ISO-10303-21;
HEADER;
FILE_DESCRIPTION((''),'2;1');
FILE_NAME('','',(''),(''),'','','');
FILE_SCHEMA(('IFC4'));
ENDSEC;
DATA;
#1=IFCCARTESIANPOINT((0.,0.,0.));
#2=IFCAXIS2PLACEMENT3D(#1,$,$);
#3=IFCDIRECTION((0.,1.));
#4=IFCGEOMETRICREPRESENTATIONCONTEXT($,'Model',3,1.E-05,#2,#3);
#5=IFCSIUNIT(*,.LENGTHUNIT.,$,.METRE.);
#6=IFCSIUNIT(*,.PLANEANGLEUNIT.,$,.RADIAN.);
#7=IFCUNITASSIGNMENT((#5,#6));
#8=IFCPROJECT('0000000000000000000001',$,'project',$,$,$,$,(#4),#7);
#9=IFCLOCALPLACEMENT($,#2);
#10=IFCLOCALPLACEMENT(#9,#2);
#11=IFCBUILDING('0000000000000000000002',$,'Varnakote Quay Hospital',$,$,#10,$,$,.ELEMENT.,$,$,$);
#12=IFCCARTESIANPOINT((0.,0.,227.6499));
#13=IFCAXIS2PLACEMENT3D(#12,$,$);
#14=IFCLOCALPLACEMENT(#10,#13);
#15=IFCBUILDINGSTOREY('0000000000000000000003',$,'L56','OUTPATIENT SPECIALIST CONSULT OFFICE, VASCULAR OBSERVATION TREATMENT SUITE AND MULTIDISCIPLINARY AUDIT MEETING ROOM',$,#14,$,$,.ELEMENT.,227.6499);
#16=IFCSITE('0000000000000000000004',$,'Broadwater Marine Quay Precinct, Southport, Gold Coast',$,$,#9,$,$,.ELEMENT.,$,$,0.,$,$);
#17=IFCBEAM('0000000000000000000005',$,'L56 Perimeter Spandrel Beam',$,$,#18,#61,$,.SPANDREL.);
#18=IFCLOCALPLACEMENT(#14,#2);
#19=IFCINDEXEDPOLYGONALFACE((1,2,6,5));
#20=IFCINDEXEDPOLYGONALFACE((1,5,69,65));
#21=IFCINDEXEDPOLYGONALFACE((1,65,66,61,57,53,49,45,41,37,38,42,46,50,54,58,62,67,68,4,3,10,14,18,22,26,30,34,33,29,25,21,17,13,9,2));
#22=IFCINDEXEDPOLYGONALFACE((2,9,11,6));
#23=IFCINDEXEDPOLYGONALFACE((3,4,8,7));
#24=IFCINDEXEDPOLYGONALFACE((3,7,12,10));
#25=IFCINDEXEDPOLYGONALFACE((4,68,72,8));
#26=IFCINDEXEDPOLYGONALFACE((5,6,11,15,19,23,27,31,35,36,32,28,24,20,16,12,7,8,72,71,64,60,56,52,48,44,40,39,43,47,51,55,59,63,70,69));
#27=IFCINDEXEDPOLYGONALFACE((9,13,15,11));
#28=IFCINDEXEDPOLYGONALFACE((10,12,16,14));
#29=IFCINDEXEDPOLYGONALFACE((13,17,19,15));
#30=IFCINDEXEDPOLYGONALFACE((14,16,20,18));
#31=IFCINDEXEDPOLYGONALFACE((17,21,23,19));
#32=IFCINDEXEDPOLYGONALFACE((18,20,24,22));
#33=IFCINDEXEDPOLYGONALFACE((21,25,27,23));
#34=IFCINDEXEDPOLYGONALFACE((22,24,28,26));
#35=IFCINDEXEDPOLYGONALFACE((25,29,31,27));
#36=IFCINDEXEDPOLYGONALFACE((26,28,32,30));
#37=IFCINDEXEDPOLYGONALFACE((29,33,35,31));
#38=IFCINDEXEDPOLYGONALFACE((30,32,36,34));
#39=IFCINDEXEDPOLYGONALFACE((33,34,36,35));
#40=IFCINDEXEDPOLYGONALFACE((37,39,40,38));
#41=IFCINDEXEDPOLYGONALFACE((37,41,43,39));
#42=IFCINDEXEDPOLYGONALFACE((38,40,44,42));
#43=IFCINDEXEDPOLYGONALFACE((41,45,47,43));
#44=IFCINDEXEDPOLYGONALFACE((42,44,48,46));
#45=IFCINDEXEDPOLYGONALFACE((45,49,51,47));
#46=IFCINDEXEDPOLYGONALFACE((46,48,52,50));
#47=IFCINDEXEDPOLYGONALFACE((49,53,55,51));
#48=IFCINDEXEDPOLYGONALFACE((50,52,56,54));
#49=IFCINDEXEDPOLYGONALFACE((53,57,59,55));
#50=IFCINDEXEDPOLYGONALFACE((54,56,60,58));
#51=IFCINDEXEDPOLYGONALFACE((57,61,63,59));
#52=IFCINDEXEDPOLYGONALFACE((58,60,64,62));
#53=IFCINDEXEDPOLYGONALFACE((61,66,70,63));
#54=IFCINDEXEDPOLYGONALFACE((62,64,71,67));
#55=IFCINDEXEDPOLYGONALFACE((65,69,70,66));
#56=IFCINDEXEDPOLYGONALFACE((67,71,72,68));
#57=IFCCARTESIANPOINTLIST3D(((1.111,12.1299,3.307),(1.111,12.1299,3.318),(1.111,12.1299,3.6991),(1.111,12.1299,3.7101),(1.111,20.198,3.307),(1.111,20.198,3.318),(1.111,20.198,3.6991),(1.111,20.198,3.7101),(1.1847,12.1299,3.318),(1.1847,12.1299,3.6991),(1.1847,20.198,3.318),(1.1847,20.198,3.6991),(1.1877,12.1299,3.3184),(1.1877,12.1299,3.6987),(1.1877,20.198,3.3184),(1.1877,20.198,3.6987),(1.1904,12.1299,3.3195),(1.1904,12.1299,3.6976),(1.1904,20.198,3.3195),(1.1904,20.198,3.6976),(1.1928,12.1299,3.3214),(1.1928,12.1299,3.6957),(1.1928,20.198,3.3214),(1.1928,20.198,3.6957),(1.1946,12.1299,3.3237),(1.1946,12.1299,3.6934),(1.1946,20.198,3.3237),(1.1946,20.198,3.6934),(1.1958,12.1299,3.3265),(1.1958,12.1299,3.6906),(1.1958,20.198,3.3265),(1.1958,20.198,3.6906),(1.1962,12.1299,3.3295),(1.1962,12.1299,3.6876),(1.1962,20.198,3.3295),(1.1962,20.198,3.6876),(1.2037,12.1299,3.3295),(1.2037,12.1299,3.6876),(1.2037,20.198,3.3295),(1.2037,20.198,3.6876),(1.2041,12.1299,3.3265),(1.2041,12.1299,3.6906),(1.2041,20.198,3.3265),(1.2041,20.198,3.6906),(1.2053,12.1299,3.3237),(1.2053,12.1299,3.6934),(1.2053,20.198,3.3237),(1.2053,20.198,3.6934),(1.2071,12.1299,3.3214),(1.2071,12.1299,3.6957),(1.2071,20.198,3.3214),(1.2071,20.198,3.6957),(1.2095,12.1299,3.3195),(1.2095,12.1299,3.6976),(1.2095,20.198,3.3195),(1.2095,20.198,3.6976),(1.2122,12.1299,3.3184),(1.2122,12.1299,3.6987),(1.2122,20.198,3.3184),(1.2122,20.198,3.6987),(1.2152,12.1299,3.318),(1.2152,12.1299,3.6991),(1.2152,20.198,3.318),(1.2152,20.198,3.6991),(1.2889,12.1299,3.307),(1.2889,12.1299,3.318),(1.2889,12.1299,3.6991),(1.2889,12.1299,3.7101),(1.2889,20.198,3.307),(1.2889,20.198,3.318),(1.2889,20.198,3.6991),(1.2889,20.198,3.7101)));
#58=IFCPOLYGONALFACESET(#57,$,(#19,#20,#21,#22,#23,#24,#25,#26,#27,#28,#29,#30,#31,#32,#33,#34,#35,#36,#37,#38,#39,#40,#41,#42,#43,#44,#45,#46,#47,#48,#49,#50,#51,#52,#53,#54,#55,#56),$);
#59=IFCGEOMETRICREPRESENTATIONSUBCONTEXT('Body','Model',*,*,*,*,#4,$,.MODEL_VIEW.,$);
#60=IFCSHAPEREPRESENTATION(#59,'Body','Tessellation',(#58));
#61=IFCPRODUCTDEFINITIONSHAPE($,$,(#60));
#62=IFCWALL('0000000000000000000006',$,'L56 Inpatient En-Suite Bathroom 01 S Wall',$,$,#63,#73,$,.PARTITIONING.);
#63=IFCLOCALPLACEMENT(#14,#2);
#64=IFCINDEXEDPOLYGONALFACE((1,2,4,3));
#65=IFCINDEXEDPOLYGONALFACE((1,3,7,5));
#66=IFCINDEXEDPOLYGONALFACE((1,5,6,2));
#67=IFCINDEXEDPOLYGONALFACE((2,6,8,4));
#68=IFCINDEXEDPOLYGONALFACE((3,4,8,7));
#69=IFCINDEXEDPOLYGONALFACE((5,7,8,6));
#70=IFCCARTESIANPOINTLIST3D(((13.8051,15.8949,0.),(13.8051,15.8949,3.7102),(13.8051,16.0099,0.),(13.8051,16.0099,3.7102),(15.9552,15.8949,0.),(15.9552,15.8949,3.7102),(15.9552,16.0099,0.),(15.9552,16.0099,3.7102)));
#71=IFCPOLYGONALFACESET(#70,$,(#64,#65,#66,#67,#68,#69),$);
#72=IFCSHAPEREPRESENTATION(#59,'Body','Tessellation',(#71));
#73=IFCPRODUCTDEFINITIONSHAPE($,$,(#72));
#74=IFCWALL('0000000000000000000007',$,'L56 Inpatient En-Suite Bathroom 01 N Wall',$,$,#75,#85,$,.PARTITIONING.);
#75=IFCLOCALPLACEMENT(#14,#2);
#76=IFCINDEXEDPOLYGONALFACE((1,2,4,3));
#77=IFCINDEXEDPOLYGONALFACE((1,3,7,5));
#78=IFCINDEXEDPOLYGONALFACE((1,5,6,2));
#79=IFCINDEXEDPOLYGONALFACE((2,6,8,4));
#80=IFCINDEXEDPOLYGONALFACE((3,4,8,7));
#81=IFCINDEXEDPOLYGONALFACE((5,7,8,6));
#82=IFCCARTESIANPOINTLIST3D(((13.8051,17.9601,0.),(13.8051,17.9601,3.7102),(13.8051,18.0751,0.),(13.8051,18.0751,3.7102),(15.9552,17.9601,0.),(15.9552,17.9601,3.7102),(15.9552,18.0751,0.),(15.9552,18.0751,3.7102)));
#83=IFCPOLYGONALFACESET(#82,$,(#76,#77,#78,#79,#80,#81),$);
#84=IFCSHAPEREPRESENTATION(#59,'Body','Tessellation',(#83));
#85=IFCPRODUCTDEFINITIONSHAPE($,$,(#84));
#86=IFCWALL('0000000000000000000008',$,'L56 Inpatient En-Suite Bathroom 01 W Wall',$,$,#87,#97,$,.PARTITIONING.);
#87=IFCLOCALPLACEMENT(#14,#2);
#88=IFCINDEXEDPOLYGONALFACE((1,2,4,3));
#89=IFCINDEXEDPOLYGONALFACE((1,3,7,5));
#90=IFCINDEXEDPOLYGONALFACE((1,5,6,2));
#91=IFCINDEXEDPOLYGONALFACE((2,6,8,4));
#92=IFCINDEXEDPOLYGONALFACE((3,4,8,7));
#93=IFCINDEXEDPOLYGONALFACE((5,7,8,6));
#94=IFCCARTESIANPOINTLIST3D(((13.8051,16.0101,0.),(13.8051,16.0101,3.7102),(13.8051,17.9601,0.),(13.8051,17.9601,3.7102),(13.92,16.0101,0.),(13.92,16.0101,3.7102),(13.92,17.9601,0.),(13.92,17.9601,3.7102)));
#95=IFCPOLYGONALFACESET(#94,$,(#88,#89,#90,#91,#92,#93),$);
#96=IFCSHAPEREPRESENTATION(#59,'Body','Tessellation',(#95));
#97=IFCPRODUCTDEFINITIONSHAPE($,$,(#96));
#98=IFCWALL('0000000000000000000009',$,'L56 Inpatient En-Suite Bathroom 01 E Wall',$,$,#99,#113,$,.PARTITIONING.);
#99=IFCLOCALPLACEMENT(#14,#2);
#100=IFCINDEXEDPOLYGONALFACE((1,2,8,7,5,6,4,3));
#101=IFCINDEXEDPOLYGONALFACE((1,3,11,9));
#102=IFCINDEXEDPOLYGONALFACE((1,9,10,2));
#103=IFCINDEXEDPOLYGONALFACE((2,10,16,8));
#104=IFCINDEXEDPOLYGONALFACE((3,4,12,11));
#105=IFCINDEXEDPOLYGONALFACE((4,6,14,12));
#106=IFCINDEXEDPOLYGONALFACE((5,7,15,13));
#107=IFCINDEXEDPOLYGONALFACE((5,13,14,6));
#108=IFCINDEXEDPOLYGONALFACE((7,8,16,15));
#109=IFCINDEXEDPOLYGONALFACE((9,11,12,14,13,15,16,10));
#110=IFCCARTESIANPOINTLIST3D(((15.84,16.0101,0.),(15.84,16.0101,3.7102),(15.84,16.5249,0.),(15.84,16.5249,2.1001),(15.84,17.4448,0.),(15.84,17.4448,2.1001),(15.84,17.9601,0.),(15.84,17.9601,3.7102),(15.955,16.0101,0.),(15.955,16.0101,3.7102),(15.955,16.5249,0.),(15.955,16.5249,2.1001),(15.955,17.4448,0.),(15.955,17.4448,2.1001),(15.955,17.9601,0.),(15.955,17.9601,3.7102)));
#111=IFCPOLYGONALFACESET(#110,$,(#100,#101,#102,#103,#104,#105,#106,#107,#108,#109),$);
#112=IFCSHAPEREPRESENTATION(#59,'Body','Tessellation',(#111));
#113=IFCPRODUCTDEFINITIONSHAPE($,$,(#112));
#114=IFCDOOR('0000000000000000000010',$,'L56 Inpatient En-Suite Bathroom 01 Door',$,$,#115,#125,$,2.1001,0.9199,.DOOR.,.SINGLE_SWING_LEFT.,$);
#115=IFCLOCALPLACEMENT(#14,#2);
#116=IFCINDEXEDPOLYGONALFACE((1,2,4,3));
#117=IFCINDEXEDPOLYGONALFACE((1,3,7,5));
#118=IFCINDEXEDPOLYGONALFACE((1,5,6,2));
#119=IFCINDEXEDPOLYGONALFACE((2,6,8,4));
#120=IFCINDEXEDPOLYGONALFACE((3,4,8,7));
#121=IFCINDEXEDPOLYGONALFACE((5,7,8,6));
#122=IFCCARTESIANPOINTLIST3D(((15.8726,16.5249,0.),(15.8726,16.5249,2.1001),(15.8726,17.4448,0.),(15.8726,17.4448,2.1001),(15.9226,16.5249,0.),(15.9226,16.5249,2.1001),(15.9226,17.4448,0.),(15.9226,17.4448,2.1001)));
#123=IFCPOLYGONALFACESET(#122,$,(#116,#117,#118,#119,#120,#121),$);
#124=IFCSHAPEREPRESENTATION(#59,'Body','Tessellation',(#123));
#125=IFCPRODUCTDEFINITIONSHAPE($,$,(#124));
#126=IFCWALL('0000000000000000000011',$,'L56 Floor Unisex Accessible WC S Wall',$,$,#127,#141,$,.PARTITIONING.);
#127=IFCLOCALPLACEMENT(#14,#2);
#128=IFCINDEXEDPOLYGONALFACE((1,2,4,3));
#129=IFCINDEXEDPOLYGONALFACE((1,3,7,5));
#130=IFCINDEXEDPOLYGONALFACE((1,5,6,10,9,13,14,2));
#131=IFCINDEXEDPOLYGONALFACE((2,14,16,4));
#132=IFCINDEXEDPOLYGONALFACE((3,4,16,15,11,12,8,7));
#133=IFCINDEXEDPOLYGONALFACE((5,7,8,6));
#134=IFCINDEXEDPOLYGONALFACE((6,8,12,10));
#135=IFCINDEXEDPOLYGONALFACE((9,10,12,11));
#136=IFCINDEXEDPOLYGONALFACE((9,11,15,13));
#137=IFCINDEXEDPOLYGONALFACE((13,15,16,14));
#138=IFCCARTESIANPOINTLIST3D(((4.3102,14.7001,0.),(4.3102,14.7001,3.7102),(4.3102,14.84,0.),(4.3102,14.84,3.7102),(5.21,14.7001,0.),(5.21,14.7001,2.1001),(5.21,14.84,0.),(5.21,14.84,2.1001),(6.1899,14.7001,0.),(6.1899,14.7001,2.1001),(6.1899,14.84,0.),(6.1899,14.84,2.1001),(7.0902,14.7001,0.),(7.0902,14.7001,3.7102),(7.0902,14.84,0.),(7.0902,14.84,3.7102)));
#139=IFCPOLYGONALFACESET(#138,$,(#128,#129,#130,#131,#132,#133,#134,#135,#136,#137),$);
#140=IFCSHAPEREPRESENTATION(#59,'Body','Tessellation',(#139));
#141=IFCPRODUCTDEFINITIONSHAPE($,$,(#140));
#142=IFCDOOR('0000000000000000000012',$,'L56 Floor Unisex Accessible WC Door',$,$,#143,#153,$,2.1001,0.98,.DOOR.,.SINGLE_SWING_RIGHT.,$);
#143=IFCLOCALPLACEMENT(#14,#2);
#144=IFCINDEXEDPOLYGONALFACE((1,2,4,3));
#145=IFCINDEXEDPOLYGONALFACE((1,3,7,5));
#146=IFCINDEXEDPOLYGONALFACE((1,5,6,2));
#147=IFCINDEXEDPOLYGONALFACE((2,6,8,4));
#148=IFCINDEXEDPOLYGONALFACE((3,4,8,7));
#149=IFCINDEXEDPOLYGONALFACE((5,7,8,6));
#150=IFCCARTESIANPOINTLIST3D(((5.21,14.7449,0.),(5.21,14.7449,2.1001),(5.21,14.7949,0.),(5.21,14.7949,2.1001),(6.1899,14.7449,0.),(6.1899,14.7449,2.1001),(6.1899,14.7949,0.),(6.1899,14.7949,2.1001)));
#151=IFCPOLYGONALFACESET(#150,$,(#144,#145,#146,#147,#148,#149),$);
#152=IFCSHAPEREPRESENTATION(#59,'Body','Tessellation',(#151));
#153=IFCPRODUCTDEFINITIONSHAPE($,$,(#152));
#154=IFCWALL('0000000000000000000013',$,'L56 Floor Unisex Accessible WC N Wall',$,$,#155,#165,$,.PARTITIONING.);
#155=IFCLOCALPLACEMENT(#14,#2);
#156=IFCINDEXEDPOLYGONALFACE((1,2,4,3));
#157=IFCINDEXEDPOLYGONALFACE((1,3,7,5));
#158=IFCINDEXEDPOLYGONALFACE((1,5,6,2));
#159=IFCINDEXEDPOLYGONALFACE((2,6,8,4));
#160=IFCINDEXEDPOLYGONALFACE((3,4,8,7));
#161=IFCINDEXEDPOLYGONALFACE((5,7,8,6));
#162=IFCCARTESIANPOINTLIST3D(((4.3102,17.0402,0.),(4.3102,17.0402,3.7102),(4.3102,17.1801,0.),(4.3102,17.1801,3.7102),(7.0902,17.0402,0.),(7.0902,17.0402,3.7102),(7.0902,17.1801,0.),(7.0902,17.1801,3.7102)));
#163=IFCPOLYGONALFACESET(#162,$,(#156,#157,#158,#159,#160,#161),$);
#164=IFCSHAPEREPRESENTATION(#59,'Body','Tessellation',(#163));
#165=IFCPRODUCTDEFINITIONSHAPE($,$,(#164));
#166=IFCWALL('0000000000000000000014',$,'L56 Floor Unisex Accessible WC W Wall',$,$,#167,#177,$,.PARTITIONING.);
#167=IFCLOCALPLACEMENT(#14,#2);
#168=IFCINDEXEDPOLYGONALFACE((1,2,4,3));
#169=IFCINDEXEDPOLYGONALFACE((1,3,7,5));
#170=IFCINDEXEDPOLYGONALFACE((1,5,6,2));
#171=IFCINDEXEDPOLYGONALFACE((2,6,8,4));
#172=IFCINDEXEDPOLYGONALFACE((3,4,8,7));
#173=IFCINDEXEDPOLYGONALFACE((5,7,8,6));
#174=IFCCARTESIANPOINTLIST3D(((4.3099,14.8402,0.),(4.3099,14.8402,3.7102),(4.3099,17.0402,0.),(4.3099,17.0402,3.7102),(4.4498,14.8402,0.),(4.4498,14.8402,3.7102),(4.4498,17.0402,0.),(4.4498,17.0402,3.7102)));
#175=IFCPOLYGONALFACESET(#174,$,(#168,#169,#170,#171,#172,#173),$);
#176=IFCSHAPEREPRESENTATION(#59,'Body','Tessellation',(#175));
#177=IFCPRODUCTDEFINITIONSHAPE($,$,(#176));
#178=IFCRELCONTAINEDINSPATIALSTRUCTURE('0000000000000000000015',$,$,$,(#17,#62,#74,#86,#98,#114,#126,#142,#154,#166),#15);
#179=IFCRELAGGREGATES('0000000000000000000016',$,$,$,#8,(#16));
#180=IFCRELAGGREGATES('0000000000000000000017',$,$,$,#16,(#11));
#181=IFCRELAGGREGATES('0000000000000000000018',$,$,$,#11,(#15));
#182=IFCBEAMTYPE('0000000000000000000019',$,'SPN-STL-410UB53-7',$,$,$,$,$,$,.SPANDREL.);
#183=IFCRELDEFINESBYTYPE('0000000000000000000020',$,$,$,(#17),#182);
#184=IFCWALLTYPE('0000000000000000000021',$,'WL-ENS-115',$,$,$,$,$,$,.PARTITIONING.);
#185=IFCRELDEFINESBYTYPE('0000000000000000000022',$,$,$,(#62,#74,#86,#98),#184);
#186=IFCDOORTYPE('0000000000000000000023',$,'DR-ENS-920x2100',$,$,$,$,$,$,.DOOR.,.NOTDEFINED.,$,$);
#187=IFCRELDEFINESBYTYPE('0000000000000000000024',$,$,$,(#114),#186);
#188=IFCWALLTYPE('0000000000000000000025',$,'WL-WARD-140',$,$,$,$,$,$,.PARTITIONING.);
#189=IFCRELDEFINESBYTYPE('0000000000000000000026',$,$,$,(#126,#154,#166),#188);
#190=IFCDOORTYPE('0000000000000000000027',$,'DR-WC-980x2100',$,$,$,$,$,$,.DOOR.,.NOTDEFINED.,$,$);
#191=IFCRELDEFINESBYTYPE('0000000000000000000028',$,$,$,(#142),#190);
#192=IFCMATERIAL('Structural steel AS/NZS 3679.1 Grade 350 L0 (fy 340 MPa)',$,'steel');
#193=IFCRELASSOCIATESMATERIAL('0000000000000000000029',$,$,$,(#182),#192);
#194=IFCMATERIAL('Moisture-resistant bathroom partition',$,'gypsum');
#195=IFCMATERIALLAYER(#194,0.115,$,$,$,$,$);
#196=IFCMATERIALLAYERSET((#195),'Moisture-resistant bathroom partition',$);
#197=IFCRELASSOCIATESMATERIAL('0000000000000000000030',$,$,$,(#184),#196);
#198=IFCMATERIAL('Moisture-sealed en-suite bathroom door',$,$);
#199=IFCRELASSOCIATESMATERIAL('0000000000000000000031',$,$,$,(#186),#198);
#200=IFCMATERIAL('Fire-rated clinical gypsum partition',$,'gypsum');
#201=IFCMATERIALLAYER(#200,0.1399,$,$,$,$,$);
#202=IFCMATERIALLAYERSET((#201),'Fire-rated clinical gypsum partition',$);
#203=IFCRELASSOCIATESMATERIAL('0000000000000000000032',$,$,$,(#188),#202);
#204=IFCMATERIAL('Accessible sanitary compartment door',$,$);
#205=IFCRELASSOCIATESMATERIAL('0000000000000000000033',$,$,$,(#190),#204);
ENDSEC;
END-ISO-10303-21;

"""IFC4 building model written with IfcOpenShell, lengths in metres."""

from ifc_helpers import new_model, si_unit, direction, frame, frame_2d, origin, origin_2d, place, context, subcontext, project, spatial, rectangle, i_section, extrude, material, layer, layer_set, material_profile, profile_set, type_object, element, fill, save


model = new_model("IFC4")

# Units and contexts
model_context = context("Model", 3, precision=1e-05, world=origin(), true_north=direction((0.0, 1.0)))
body_context = subcontext(model_context, "Body", "Model", "MODEL_VIEW")
ifc_project = project(units=[si_unit("LENGTHUNIT", "METRE"), si_unit("PLANEANGLEUNIT", "RADIAN")], contexts=[model_context])

# Site, building, storey
site_placement = place(None, origin())
site = spatial("IfcSite", under=ifc_project, at=site_placement, Name="Broadwater Marine Quay Precinct, Southport, Gold Coast", CompositionType="ELEMENT", RefElevation=0.0)
building_placement = place(site_placement, origin())
building = spatial("IfcBuilding", under=site, at=building_placement, Name="Varnakote Quay Hospital", CompositionType="ELEMENT")
storey_placement = place(building_placement, frame((0.0, 0.0, 227.6499)))
storey = spatial("IfcBuildingStorey", under=building, at=storey_placement, Name="L56", Description="OUTPATIENT SPECIALIST CONSULT OFFICE, VASCULAR OBSERVATION TREATMENT SUITE AND MULTIDISCIPLINARY AUDIT MEETING ROOM", CompositionType="ELEMENT", Elevation=227.6499)

# Beam
ifc_material_1 = material(Name="Structural steel AS/NZS 3679.1 Grade 350 L0 (fy 340 MPa)", Category="steel")
ifc_material_profile_1 = material_profile(ifc_material_1, i_section(OverallWidth=0.178, OverallDepth=0.4031, WebThickness=0.0076, FlangeThickness=0.011, FilletRadius=0.0115, at=origin_2d()), Name="410UB53.7")
ifc_profile_set_1 = profile_set([ifc_material_profile_1], Name="Structural steel AS/NZS 3679.1 Grade 350 L0 (fy 340 MPa)")
beam_type_1 = type_object("IfcBeamType", Name="SPN-STL-410UB53-7", PredefinedType="SPANDREL", material=ifc_profile_set_1)
beam_1_placement = place(storey_placement, frame((1.2, 12.1299, 3.5085), z_axis=(0.0, 1.0, 0.0), x_axis=(-1.0, 0.0, 0.0)))
element("IfcBeam", 1, at=beam_1_placement, inside=storey, type_object=beam_type_1, Name="L56 Perimeter Spandrel Beam", PredefinedType="SPANDREL", context=body_context, shape_type="SweptSolid", body=[
    extrude(i_section(OverallWidth=0.178, OverallDepth=0.4031, WebThickness=0.0076, FlangeThickness=0.011, FilletRadius=0.0115, at=origin_2d()), origin(), (0.0, 0.0, 1.0), 8.0681),
])

# Walls
ifc_material_2 = material(Name="Moisture-resistant bathroom partition", Category="gypsum")
ifc_layer_1 = layer(ifc_material_2, 0.115)
ifc_layer_set_1 = layer_set([ifc_layer_1], Name="Moisture-resistant bathroom partition")
wall_type_1 = type_object("IfcWallType", Name="WL-ENS-115", PredefinedType="PARTITIONING", material=ifc_layer_set_1)
for number, where, z_axis, x_axis, name in (
    (2, (13.8049, 15.9524, 0.0), (0.0, 0.0, 1.0), (1.0, 0.0, 0.0), "L56 Inpatient En-Suite Bathroom 01 S Wall"),
    (3, (13.8049, 18.0176, 0.0), (0.0, 0.0, 1.0), (1.0, 0.0, 0.0), "L56 Inpatient En-Suite Bathroom 01 N Wall"),
):
    element("IfcWall", number, at=place(storey_placement, frame(where, z_axis=z_axis, x_axis=x_axis)), inside=storey, type_object=wall_type_1, Name=name, PredefinedType="PARTITIONING", context=body_context, shape_type="SweptSolid", body=[
        extrude(rectangle(XDim=2.1501, YDim=0.115, at=frame_2d((1.0752, 0.0))), origin(), (0.0, 0.0, 1.0), 3.7102),
    ])
wall_1_placement = place(storey_placement, frame((13.8625, 16.01, 0.0), z_axis=(0.0, 0.0, 1.0), x_axis=(0.0, 1.0, 0.0)))
element("IfcWall", 4, at=wall_1_placement, inside=storey, type_object=wall_type_1, Name="L56 Inpatient En-Suite Bathroom 01 W Wall", PredefinedType="PARTITIONING", context=body_context, shape_type="SweptSolid", body=[
    extrude(rectangle(XDim=1.95, YDim=0.115, at=frame_2d((0.9751, 0.0))), origin(), (0.0, 0.0, 1.0), 3.7102),
])

# Walls, openings, doors
wall_2_placement = place(storey_placement, frame((15.8975, 16.01, 0.0), z_axis=(0.0, 0.0, 1.0), x_axis=(0.0, 1.0, 0.0)))
wall_2 = element("IfcWall", 5, at=wall_2_placement, inside=storey, type_object=wall_type_1, Name="L56 Inpatient En-Suite Bathroom 01 E Wall", PredefinedType="PARTITIONING", context=body_context, shape_type="SweptSolid", body=[
    extrude(rectangle(XDim=1.95, YDim=0.115, at=frame_2d((0.9751, 0.0))), origin(), (0.0, 0.0, 1.0), 3.7102),
])
opening_1_placement = place(wall_2_placement, frame((0.5149, 0.0, 0.0)))
opening_1 = element("IfcOpeningElement", 6, at=opening_1_placement, cuts=wall_2, PredefinedType="OPENING", context=body_context, shape_type="SweptSolid", body=[
    extrude(rectangle(XDim=0.9199, YDim=2.1001, at=frame_2d((0.46, 1.05))), frame((0.0, 0.0674, 0.0), z_axis=(0.0, -1.0, 0.0), x_axis=(1.0, 0.0, 0.0)), (0.0, 0.0, 1.0), 0.135),
])
ifc_material_3 = material(Name="Moisture-sealed en-suite bathroom door")
door_type_1 = type_object("IfcDoorType", Name="DR-ENS-920x2100", OperationType="NOTDEFINED", PredefinedType="DOOR", material=ifc_material_3)
door_1_placement = place(opening_1_placement, origin())
door_1 = element("IfcDoor", 7, at=door_1_placement, inside=storey, type_object=door_type_1, Name="L56 Inpatient En-Suite Bathroom 01 Door", OperationType="SINGLE_SWING_LEFT", OverallHeight=2.1001, OverallWidth=0.9199, PredefinedType="DOOR", context=body_context, shape_type="SweptSolid", body=[
    extrude(rectangle(XDim=0.9199, YDim=2.1001, at=frame_2d((0.46, 1.05))), frame((0.0, 0.0249, 0.0), z_axis=(0.0, -1.0, 0.0), x_axis=(1.0, 0.0, 0.0)), (0.0, 0.0, 1.0), 0.05),
])
fill(opening_1, door_1)
ifc_material_4 = material(Name="Fire-rated clinical gypsum partition", Category="gypsum")
ifc_layer_2 = layer(ifc_material_4, 0.1399)
ifc_layer_set_2 = layer_set([ifc_layer_2], Name="Fire-rated clinical gypsum partition")
wall_type_2 = type_object("IfcWallType", Name="WL-WARD-140", PredefinedType="PARTITIONING", material=ifc_layer_set_2)
wall_3_placement = place(storey_placement, frame((4.3101, 14.77, 0.0), z_axis=(0.0, 0.0, 1.0), x_axis=(1.0, 0.0, 0.0)))
wall_3 = element("IfcWall", 8, at=wall_3_placement, inside=storey, type_object=wall_type_2, Name="L56 Floor Unisex Accessible WC S Wall", PredefinedType="PARTITIONING", context=body_context, shape_type="SweptSolid", body=[
    extrude(rectangle(XDim=2.78, YDim=0.1399, at=frame_2d((1.3901, 0.0))), origin(), (0.0, 0.0, 1.0), 3.7102),
])
opening_2_placement = place(wall_3_placement, frame((0.8999, 0.0, 0.0)))
opening_2 = element("IfcOpeningElement", 9, at=opening_2_placement, cuts=wall_3, PredefinedType="OPENING", context=body_context, shape_type="SweptSolid", body=[
    extrude(rectangle(XDim=0.98, YDim=2.1001, at=frame_2d((0.49, 1.05))), frame((0.0, 0.0798, 0.0), z_axis=(0.0, -1.0, 0.0), x_axis=(1.0, 0.0, 0.0)), (0.0, 0.0, 1.0), 0.1599),
])
ifc_material_5 = material(Name="Accessible sanitary compartment door")
door_type_2 = type_object("IfcDoorType", Name="DR-WC-980x2100", OperationType="NOTDEFINED", PredefinedType="DOOR", material=ifc_material_5)
door_2_placement = place(opening_2_placement, origin())
door_2 = element("IfcDoor", 10, at=door_2_placement, inside=storey, type_object=door_type_2, Name="L56 Floor Unisex Accessible WC Door", OperationType="SINGLE_SWING_RIGHT", OverallHeight=2.1001, OverallWidth=0.98, PredefinedType="DOOR", context=body_context, shape_type="SweptSolid", body=[
    extrude(rectangle(XDim=0.98, YDim=2.1001, at=frame_2d((0.49, 1.05))), frame((0.0, 0.0249, 0.0), z_axis=(0.0, -1.0, 0.0), x_axis=(1.0, 0.0, 0.0)), (0.0, 0.0, 1.0), 0.05),
])
fill(opening_2, door_2)

# Walls
wall_4_placement = place(storey_placement, frame((4.3101, 17.1101, 0.0), z_axis=(0.0, 0.0, 1.0), x_axis=(1.0, 0.0, 0.0)))
element("IfcWall", 11, at=wall_4_placement, inside=storey, type_object=wall_type_2, Name="L56 Floor Unisex Accessible WC N Wall", PredefinedType="PARTITIONING", context=body_context, shape_type="SweptSolid", body=[
    extrude(rectangle(XDim=2.78, YDim=0.1399, at=frame_2d((1.3901, 0.0))), origin(), (0.0, 0.0, 1.0), 3.7102),
])
for number, where, z_axis, x_axis, name in (
    (12, (4.3799, 14.8401, 0.0), (0.0, 0.0, 1.0), (0.0, 1.0, 0.0), "L56 Floor Unisex Accessible WC W Wall"),
):
    element("IfcWall", number, at=place(storey_placement, frame(where, z_axis=z_axis, x_axis=x_axis)), inside=storey, type_object=wall_type_2, Name=name, PredefinedType="PARTITIONING", context=body_context, shape_type="SweptSolid", body=[
        extrude(rectangle(XDim=2.2, YDim=0.1399, at=frame_2d((1.1001, 0.0))), origin(), (0.0, 0.0, 1.0), 3.7102),
    ])

save(model, "model.ifc")
